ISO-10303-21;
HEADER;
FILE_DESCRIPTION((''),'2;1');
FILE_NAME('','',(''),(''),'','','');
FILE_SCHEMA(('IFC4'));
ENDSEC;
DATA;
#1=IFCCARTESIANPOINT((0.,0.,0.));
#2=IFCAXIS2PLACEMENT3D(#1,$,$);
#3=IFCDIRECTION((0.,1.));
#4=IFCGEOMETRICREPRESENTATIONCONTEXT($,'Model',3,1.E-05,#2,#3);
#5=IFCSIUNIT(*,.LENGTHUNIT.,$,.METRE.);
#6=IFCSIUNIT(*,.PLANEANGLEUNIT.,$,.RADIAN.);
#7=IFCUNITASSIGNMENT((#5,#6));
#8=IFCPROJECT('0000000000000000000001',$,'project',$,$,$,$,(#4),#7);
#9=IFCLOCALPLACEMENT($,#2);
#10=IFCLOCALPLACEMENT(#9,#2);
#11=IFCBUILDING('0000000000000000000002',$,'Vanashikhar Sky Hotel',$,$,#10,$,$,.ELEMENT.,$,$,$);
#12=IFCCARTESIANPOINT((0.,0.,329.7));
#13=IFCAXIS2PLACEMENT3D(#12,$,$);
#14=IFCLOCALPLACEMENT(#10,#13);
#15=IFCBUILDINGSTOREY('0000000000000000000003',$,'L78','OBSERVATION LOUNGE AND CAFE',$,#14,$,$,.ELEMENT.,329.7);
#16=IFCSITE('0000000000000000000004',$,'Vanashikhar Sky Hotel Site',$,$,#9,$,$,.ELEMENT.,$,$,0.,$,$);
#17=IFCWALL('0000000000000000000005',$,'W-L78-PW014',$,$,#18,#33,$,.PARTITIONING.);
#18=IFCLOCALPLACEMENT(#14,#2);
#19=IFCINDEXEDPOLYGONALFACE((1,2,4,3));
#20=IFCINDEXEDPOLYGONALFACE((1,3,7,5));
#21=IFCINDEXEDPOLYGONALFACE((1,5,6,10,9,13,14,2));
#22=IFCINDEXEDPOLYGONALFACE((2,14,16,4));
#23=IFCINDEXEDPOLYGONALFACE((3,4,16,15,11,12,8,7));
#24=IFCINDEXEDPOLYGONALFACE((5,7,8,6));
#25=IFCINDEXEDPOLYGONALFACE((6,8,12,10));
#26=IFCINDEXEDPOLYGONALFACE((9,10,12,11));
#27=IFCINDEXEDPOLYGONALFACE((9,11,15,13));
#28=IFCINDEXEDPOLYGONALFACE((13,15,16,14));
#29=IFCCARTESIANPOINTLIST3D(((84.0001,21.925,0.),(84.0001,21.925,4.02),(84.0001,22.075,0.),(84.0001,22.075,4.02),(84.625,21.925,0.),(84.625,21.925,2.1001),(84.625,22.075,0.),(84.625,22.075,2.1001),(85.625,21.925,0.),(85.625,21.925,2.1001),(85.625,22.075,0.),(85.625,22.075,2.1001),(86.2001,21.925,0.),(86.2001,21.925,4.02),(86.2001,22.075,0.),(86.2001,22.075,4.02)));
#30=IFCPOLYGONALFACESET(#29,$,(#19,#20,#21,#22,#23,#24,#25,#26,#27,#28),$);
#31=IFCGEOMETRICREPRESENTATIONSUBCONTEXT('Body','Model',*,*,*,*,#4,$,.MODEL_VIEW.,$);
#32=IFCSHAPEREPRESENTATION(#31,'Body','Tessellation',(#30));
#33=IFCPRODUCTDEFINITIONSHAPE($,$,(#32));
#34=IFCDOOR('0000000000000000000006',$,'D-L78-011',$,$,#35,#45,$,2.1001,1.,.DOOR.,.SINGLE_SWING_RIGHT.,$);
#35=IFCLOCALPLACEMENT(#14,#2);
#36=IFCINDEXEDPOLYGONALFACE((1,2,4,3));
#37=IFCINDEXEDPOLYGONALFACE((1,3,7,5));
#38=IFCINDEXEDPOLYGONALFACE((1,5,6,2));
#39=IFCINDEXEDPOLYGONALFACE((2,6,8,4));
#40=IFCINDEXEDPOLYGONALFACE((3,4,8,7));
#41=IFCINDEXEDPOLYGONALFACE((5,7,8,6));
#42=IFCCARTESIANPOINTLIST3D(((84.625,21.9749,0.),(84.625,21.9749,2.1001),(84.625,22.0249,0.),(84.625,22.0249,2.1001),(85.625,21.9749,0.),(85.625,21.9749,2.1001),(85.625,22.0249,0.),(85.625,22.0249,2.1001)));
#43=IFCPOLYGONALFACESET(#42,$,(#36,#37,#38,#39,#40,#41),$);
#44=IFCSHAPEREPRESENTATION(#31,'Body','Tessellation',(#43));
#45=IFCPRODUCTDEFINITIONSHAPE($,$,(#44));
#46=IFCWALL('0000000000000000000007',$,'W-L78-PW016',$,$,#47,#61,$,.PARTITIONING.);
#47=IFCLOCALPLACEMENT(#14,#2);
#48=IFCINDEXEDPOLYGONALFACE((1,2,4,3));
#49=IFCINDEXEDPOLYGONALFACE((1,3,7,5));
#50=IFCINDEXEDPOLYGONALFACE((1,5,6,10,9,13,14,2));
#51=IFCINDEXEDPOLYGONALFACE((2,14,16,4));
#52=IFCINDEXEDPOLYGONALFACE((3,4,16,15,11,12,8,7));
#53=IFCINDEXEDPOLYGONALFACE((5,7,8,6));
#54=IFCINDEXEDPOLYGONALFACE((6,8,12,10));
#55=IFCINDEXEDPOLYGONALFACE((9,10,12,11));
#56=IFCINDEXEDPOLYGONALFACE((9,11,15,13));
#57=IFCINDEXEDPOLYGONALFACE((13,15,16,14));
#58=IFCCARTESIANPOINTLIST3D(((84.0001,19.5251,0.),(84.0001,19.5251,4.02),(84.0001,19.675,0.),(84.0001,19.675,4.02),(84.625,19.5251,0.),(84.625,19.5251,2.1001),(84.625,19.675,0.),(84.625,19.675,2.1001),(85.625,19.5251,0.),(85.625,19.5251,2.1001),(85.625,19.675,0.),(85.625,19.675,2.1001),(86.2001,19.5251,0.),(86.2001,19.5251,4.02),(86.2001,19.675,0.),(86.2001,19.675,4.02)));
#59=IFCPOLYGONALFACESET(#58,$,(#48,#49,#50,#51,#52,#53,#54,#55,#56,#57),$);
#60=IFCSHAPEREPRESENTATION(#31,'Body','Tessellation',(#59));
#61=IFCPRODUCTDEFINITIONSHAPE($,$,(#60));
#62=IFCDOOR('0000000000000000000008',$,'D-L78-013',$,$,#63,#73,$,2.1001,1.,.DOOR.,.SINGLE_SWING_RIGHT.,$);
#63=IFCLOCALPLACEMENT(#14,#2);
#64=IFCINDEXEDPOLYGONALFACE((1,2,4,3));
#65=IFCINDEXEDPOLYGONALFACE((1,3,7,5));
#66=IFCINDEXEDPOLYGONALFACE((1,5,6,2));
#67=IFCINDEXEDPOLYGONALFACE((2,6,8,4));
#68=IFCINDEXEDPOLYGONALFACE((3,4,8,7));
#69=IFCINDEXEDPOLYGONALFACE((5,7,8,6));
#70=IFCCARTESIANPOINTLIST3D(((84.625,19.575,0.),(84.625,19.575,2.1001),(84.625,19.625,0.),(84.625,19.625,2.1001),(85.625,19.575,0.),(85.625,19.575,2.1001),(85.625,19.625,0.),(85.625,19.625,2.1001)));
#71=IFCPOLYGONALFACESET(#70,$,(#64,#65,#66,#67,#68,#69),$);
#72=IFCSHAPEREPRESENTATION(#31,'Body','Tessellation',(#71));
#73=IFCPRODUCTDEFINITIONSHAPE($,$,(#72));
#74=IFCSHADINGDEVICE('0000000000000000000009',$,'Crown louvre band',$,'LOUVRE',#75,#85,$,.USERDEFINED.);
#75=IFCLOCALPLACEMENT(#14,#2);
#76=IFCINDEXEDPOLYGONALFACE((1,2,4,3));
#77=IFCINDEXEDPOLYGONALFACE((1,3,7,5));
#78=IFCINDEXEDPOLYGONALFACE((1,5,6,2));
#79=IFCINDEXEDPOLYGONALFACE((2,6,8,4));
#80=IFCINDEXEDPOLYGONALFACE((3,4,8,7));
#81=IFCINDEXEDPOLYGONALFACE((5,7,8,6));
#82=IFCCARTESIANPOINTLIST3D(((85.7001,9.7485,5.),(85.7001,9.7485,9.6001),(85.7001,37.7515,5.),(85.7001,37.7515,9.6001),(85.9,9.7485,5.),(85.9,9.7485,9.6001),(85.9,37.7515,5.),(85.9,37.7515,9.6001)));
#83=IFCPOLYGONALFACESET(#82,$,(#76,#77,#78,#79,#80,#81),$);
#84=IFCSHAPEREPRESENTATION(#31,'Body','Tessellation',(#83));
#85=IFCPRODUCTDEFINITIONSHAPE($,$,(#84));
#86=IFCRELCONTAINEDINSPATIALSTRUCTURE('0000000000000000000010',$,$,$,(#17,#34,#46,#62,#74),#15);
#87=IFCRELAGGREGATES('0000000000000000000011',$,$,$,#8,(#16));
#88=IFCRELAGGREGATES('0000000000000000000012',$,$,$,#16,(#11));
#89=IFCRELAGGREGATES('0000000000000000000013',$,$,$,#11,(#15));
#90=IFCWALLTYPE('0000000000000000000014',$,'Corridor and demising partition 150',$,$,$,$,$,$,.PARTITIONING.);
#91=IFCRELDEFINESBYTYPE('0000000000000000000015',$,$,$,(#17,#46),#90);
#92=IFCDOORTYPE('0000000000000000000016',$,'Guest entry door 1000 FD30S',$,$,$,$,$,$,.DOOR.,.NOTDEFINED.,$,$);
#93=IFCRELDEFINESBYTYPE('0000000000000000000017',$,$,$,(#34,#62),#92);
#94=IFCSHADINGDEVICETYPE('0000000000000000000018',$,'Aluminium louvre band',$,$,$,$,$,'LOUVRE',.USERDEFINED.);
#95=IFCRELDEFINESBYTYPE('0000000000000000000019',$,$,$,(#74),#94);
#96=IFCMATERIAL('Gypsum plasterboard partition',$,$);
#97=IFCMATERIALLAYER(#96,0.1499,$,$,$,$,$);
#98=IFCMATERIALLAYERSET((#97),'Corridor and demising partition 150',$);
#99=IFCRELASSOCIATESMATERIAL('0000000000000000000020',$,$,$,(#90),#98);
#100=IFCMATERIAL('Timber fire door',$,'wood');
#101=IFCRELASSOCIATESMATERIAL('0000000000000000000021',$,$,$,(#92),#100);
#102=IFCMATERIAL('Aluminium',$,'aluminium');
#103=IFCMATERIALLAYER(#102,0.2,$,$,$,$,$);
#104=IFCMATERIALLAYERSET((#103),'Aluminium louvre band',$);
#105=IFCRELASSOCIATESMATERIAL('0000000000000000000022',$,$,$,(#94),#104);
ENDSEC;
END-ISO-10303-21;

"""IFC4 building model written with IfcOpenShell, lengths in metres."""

from ifc_helpers import new_model, si_unit, direction, frame, frame_2d, origin, origin_2d, place, context, subcontext, project, spatial, rectangle, extrude, source, transform, mapped, material, layer, layer_set, type_object, element, fill, save


model = new_model("IFC4")

# Units and contexts
model_context = context("Model", 3, precision=1e-05, world=origin(), true_north=direction((0.0, 1.0)))
body_context = subcontext(model_context, "Body", "Model", "MODEL_VIEW")
ifc_project = project(units=[si_unit("LENGTHUNIT", "METRE"), si_unit("PLANEANGLEUNIT", "RADIAN")], contexts=[model_context])

# Site, building, storey
site_placement = place(None, origin())
site = spatial("IfcSite", under=ifc_project, at=site_placement, Name="Vanashikhar Sky Hotel Site", CompositionType="ELEMENT", RefElevation=0.0)
building_placement = place(site_placement, origin())
building = spatial("IfcBuilding", under=site, at=building_placement, Name="Vanashikhar Sky Hotel", CompositionType="ELEMENT")
storey_placement = place(building_placement, frame((0.0, 0.0, 329.7)))
storey = spatial("IfcBuildingStorey", under=building, at=storey_placement, Name="L78", Description="OBSERVATION LOUNGE AND CAFE", CompositionType="ELEMENT", Elevation=329.7)

# Shared definitions
shared_shape_1 = source(origin(), body_context, "Body", "SweptSolid", [
    extrude(rectangle(XDim=1.0, YDim=2.1001, at=frame_2d((0.5, 1.05))), frame((0.0, 0.0249, 0.0), z_axis=(0.0, -1.0, 0.0), x_axis=(1.0, 0.0, 0.0)), (0.0, 0.0, 1.0), 0.05),
])

# Walls, openings, doors
ifc_material_1 = material(Name="Gypsum plasterboard partition")
ifc_layer_1 = layer(ifc_material_1, 0.1499)
ifc_layer_set_1 = layer_set([ifc_layer_1], Name="Corridor and demising partition 150")
wall_type_1 = type_object("IfcWallType", Name="Corridor and demising partition 150", PredefinedType="PARTITIONING", material=ifc_layer_set_1)
shared_shape_2 = source(origin(), body_context, "Body", "SweptSolid", [
    extrude(rectangle(XDim=2.2, YDim=0.1499, at=frame_2d((1.1001, 0.0))), origin(), (0.0, 0.0, 1.0), 4.02),
])
wall_1_placement = place(storey_placement, frame((84.0, 22.0, 0.0), z_axis=(0.0, 0.0, 1.0), x_axis=(1.0, 0.0, 0.0)))
wall_1 = element("IfcWall", 1, at=wall_1_placement, inside=storey, type_object=wall_type_1, Name="W-L78-PW014", PredefinedType="PARTITIONING", context=body_context, shape_type="MappedRepresentation", body=[
    mapped(shared_shape_2, transform((0.0, 0.0, 0.0), scale=1.0)),
])
shared_shape_3 = source(origin(), body_context, "Body", "SweptSolid", [
    extrude(rectangle(XDim=1.0, YDim=2.1001, at=frame_2d((0.5, 1.05))), frame((0.0, 0.085, 0.0), z_axis=(0.0, -1.0, 0.0), x_axis=(1.0, 0.0, 0.0)), (0.0, 0.0, 1.0), 0.1699),
])
opening_1_placement = place(wall_1_placement, frame((0.625, 0.0, 0.0)))
opening_1 = element("IfcOpeningElement", 2, at=opening_1_placement, cuts=wall_1, PredefinedType="OPENING", context=body_context, shape_type="MappedRepresentation", body=[
    mapped(shared_shape_3, transform((0.0, 0.0, 0.0), scale=1.0)),
])
ifc_material_2 = material(Name="Timber fire door", Category="wood")
door_type_1 = type_object("IfcDoorType", Name="Guest entry door 1000 FD30S", OperationType="NOTDEFINED", PredefinedType="DOOR", material=ifc_material_2)
door_1_placement = place(opening_1_placement, origin())
door_1 = element("IfcDoor", 3, at=door_1_placement, inside=storey, type_object=door_type_1, Name="D-L78-011", OperationType="SINGLE_SWING_RIGHT", OverallHeight=2.1001, OverallWidth=1.0, PredefinedType="DOOR", context=body_context, shape_type="MappedRepresentation", body=[
    mapped(shared_shape_1, transform((0.0, 0.0, 0.0), scale=1.0)),
])
fill(opening_1, door_1)
wall_2_placement = place(storey_placement, frame((84.0, 19.6001, 0.0), z_axis=(0.0, 0.0, 1.0), x_axis=(1.0, 0.0, 0.0)))
wall_2 = element("IfcWall", 4, at=wall_2_placement, inside=storey, type_object=wall_type_1, Name="W-L78-PW016", PredefinedType="PARTITIONING", context=body_context, shape_type="MappedRepresentation", body=[
    mapped(shared_shape_2, transform((0.0, 0.0, 0.0), scale=1.0)),
])
opening_2_placement = place(wall_2_placement, frame((0.625, 0.0, 0.0)))
opening_2 = element("IfcOpeningElement", 5, at=opening_2_placement, cuts=wall_2, PredefinedType="OPENING", context=body_context, shape_type="MappedRepresentation", body=[
    mapped(shared_shape_3, transform((0.0, 0.0, 0.0), scale=1.0)),
])
door_2_placement = place(opening_2_placement, origin())
door_2 = element("IfcDoor", 6, at=door_2_placement, inside=storey, type_object=door_type_1, Name="D-L78-013", OperationType="SINGLE_SWING_RIGHT", OverallHeight=2.1001, OverallWidth=1.0, PredefinedType="DOOR", context=body_context, shape_type="MappedRepresentation", body=[
    mapped(shared_shape_1, transform((0.0, 0.0, 0.0), scale=1.0)),
])
fill(opening_2, door_2)

# Shading device
ifc_material_3 = material(Name="Aluminium", Category="aluminium")
ifc_layer_2 = layer(ifc_material_3, 0.2)
ifc_layer_set_2 = layer_set([ifc_layer_2], Name="Aluminium louvre band")
shading_device_type = type_object("IfcShadingDeviceType", Name="Aluminium louvre band", ElementType="LOUVRE", PredefinedType="USERDEFINED", material=ifc_layer_set_2)
shared_shape_4 = source(origin(), body_context, "Body", "SweptSolid", [
    extrude(rectangle(XDim=28.0029, YDim=0.2, at=origin_2d()), origin(), (0.0, 0.0, 1.0), 4.6001),
])
shading_device_placement = place(storey_placement, frame((85.8, 23.75, 5.0), z_axis=(0.0, 0.0, 1.0), x_axis=(0.0, -1.0, 0.0)))
element("IfcShadingDevice", 7, at=shading_device_placement, inside=storey, type_object=shading_device_type, Name="Crown louvre band", ObjectType="LOUVRE", PredefinedType="USERDEFINED", context=body_context, shape_type="MappedRepresentation", body=[
    mapped(shared_shape_4, transform((0.0, 0.0, 0.0), scale=1.0)),
])

save(model, "model.ifc")
